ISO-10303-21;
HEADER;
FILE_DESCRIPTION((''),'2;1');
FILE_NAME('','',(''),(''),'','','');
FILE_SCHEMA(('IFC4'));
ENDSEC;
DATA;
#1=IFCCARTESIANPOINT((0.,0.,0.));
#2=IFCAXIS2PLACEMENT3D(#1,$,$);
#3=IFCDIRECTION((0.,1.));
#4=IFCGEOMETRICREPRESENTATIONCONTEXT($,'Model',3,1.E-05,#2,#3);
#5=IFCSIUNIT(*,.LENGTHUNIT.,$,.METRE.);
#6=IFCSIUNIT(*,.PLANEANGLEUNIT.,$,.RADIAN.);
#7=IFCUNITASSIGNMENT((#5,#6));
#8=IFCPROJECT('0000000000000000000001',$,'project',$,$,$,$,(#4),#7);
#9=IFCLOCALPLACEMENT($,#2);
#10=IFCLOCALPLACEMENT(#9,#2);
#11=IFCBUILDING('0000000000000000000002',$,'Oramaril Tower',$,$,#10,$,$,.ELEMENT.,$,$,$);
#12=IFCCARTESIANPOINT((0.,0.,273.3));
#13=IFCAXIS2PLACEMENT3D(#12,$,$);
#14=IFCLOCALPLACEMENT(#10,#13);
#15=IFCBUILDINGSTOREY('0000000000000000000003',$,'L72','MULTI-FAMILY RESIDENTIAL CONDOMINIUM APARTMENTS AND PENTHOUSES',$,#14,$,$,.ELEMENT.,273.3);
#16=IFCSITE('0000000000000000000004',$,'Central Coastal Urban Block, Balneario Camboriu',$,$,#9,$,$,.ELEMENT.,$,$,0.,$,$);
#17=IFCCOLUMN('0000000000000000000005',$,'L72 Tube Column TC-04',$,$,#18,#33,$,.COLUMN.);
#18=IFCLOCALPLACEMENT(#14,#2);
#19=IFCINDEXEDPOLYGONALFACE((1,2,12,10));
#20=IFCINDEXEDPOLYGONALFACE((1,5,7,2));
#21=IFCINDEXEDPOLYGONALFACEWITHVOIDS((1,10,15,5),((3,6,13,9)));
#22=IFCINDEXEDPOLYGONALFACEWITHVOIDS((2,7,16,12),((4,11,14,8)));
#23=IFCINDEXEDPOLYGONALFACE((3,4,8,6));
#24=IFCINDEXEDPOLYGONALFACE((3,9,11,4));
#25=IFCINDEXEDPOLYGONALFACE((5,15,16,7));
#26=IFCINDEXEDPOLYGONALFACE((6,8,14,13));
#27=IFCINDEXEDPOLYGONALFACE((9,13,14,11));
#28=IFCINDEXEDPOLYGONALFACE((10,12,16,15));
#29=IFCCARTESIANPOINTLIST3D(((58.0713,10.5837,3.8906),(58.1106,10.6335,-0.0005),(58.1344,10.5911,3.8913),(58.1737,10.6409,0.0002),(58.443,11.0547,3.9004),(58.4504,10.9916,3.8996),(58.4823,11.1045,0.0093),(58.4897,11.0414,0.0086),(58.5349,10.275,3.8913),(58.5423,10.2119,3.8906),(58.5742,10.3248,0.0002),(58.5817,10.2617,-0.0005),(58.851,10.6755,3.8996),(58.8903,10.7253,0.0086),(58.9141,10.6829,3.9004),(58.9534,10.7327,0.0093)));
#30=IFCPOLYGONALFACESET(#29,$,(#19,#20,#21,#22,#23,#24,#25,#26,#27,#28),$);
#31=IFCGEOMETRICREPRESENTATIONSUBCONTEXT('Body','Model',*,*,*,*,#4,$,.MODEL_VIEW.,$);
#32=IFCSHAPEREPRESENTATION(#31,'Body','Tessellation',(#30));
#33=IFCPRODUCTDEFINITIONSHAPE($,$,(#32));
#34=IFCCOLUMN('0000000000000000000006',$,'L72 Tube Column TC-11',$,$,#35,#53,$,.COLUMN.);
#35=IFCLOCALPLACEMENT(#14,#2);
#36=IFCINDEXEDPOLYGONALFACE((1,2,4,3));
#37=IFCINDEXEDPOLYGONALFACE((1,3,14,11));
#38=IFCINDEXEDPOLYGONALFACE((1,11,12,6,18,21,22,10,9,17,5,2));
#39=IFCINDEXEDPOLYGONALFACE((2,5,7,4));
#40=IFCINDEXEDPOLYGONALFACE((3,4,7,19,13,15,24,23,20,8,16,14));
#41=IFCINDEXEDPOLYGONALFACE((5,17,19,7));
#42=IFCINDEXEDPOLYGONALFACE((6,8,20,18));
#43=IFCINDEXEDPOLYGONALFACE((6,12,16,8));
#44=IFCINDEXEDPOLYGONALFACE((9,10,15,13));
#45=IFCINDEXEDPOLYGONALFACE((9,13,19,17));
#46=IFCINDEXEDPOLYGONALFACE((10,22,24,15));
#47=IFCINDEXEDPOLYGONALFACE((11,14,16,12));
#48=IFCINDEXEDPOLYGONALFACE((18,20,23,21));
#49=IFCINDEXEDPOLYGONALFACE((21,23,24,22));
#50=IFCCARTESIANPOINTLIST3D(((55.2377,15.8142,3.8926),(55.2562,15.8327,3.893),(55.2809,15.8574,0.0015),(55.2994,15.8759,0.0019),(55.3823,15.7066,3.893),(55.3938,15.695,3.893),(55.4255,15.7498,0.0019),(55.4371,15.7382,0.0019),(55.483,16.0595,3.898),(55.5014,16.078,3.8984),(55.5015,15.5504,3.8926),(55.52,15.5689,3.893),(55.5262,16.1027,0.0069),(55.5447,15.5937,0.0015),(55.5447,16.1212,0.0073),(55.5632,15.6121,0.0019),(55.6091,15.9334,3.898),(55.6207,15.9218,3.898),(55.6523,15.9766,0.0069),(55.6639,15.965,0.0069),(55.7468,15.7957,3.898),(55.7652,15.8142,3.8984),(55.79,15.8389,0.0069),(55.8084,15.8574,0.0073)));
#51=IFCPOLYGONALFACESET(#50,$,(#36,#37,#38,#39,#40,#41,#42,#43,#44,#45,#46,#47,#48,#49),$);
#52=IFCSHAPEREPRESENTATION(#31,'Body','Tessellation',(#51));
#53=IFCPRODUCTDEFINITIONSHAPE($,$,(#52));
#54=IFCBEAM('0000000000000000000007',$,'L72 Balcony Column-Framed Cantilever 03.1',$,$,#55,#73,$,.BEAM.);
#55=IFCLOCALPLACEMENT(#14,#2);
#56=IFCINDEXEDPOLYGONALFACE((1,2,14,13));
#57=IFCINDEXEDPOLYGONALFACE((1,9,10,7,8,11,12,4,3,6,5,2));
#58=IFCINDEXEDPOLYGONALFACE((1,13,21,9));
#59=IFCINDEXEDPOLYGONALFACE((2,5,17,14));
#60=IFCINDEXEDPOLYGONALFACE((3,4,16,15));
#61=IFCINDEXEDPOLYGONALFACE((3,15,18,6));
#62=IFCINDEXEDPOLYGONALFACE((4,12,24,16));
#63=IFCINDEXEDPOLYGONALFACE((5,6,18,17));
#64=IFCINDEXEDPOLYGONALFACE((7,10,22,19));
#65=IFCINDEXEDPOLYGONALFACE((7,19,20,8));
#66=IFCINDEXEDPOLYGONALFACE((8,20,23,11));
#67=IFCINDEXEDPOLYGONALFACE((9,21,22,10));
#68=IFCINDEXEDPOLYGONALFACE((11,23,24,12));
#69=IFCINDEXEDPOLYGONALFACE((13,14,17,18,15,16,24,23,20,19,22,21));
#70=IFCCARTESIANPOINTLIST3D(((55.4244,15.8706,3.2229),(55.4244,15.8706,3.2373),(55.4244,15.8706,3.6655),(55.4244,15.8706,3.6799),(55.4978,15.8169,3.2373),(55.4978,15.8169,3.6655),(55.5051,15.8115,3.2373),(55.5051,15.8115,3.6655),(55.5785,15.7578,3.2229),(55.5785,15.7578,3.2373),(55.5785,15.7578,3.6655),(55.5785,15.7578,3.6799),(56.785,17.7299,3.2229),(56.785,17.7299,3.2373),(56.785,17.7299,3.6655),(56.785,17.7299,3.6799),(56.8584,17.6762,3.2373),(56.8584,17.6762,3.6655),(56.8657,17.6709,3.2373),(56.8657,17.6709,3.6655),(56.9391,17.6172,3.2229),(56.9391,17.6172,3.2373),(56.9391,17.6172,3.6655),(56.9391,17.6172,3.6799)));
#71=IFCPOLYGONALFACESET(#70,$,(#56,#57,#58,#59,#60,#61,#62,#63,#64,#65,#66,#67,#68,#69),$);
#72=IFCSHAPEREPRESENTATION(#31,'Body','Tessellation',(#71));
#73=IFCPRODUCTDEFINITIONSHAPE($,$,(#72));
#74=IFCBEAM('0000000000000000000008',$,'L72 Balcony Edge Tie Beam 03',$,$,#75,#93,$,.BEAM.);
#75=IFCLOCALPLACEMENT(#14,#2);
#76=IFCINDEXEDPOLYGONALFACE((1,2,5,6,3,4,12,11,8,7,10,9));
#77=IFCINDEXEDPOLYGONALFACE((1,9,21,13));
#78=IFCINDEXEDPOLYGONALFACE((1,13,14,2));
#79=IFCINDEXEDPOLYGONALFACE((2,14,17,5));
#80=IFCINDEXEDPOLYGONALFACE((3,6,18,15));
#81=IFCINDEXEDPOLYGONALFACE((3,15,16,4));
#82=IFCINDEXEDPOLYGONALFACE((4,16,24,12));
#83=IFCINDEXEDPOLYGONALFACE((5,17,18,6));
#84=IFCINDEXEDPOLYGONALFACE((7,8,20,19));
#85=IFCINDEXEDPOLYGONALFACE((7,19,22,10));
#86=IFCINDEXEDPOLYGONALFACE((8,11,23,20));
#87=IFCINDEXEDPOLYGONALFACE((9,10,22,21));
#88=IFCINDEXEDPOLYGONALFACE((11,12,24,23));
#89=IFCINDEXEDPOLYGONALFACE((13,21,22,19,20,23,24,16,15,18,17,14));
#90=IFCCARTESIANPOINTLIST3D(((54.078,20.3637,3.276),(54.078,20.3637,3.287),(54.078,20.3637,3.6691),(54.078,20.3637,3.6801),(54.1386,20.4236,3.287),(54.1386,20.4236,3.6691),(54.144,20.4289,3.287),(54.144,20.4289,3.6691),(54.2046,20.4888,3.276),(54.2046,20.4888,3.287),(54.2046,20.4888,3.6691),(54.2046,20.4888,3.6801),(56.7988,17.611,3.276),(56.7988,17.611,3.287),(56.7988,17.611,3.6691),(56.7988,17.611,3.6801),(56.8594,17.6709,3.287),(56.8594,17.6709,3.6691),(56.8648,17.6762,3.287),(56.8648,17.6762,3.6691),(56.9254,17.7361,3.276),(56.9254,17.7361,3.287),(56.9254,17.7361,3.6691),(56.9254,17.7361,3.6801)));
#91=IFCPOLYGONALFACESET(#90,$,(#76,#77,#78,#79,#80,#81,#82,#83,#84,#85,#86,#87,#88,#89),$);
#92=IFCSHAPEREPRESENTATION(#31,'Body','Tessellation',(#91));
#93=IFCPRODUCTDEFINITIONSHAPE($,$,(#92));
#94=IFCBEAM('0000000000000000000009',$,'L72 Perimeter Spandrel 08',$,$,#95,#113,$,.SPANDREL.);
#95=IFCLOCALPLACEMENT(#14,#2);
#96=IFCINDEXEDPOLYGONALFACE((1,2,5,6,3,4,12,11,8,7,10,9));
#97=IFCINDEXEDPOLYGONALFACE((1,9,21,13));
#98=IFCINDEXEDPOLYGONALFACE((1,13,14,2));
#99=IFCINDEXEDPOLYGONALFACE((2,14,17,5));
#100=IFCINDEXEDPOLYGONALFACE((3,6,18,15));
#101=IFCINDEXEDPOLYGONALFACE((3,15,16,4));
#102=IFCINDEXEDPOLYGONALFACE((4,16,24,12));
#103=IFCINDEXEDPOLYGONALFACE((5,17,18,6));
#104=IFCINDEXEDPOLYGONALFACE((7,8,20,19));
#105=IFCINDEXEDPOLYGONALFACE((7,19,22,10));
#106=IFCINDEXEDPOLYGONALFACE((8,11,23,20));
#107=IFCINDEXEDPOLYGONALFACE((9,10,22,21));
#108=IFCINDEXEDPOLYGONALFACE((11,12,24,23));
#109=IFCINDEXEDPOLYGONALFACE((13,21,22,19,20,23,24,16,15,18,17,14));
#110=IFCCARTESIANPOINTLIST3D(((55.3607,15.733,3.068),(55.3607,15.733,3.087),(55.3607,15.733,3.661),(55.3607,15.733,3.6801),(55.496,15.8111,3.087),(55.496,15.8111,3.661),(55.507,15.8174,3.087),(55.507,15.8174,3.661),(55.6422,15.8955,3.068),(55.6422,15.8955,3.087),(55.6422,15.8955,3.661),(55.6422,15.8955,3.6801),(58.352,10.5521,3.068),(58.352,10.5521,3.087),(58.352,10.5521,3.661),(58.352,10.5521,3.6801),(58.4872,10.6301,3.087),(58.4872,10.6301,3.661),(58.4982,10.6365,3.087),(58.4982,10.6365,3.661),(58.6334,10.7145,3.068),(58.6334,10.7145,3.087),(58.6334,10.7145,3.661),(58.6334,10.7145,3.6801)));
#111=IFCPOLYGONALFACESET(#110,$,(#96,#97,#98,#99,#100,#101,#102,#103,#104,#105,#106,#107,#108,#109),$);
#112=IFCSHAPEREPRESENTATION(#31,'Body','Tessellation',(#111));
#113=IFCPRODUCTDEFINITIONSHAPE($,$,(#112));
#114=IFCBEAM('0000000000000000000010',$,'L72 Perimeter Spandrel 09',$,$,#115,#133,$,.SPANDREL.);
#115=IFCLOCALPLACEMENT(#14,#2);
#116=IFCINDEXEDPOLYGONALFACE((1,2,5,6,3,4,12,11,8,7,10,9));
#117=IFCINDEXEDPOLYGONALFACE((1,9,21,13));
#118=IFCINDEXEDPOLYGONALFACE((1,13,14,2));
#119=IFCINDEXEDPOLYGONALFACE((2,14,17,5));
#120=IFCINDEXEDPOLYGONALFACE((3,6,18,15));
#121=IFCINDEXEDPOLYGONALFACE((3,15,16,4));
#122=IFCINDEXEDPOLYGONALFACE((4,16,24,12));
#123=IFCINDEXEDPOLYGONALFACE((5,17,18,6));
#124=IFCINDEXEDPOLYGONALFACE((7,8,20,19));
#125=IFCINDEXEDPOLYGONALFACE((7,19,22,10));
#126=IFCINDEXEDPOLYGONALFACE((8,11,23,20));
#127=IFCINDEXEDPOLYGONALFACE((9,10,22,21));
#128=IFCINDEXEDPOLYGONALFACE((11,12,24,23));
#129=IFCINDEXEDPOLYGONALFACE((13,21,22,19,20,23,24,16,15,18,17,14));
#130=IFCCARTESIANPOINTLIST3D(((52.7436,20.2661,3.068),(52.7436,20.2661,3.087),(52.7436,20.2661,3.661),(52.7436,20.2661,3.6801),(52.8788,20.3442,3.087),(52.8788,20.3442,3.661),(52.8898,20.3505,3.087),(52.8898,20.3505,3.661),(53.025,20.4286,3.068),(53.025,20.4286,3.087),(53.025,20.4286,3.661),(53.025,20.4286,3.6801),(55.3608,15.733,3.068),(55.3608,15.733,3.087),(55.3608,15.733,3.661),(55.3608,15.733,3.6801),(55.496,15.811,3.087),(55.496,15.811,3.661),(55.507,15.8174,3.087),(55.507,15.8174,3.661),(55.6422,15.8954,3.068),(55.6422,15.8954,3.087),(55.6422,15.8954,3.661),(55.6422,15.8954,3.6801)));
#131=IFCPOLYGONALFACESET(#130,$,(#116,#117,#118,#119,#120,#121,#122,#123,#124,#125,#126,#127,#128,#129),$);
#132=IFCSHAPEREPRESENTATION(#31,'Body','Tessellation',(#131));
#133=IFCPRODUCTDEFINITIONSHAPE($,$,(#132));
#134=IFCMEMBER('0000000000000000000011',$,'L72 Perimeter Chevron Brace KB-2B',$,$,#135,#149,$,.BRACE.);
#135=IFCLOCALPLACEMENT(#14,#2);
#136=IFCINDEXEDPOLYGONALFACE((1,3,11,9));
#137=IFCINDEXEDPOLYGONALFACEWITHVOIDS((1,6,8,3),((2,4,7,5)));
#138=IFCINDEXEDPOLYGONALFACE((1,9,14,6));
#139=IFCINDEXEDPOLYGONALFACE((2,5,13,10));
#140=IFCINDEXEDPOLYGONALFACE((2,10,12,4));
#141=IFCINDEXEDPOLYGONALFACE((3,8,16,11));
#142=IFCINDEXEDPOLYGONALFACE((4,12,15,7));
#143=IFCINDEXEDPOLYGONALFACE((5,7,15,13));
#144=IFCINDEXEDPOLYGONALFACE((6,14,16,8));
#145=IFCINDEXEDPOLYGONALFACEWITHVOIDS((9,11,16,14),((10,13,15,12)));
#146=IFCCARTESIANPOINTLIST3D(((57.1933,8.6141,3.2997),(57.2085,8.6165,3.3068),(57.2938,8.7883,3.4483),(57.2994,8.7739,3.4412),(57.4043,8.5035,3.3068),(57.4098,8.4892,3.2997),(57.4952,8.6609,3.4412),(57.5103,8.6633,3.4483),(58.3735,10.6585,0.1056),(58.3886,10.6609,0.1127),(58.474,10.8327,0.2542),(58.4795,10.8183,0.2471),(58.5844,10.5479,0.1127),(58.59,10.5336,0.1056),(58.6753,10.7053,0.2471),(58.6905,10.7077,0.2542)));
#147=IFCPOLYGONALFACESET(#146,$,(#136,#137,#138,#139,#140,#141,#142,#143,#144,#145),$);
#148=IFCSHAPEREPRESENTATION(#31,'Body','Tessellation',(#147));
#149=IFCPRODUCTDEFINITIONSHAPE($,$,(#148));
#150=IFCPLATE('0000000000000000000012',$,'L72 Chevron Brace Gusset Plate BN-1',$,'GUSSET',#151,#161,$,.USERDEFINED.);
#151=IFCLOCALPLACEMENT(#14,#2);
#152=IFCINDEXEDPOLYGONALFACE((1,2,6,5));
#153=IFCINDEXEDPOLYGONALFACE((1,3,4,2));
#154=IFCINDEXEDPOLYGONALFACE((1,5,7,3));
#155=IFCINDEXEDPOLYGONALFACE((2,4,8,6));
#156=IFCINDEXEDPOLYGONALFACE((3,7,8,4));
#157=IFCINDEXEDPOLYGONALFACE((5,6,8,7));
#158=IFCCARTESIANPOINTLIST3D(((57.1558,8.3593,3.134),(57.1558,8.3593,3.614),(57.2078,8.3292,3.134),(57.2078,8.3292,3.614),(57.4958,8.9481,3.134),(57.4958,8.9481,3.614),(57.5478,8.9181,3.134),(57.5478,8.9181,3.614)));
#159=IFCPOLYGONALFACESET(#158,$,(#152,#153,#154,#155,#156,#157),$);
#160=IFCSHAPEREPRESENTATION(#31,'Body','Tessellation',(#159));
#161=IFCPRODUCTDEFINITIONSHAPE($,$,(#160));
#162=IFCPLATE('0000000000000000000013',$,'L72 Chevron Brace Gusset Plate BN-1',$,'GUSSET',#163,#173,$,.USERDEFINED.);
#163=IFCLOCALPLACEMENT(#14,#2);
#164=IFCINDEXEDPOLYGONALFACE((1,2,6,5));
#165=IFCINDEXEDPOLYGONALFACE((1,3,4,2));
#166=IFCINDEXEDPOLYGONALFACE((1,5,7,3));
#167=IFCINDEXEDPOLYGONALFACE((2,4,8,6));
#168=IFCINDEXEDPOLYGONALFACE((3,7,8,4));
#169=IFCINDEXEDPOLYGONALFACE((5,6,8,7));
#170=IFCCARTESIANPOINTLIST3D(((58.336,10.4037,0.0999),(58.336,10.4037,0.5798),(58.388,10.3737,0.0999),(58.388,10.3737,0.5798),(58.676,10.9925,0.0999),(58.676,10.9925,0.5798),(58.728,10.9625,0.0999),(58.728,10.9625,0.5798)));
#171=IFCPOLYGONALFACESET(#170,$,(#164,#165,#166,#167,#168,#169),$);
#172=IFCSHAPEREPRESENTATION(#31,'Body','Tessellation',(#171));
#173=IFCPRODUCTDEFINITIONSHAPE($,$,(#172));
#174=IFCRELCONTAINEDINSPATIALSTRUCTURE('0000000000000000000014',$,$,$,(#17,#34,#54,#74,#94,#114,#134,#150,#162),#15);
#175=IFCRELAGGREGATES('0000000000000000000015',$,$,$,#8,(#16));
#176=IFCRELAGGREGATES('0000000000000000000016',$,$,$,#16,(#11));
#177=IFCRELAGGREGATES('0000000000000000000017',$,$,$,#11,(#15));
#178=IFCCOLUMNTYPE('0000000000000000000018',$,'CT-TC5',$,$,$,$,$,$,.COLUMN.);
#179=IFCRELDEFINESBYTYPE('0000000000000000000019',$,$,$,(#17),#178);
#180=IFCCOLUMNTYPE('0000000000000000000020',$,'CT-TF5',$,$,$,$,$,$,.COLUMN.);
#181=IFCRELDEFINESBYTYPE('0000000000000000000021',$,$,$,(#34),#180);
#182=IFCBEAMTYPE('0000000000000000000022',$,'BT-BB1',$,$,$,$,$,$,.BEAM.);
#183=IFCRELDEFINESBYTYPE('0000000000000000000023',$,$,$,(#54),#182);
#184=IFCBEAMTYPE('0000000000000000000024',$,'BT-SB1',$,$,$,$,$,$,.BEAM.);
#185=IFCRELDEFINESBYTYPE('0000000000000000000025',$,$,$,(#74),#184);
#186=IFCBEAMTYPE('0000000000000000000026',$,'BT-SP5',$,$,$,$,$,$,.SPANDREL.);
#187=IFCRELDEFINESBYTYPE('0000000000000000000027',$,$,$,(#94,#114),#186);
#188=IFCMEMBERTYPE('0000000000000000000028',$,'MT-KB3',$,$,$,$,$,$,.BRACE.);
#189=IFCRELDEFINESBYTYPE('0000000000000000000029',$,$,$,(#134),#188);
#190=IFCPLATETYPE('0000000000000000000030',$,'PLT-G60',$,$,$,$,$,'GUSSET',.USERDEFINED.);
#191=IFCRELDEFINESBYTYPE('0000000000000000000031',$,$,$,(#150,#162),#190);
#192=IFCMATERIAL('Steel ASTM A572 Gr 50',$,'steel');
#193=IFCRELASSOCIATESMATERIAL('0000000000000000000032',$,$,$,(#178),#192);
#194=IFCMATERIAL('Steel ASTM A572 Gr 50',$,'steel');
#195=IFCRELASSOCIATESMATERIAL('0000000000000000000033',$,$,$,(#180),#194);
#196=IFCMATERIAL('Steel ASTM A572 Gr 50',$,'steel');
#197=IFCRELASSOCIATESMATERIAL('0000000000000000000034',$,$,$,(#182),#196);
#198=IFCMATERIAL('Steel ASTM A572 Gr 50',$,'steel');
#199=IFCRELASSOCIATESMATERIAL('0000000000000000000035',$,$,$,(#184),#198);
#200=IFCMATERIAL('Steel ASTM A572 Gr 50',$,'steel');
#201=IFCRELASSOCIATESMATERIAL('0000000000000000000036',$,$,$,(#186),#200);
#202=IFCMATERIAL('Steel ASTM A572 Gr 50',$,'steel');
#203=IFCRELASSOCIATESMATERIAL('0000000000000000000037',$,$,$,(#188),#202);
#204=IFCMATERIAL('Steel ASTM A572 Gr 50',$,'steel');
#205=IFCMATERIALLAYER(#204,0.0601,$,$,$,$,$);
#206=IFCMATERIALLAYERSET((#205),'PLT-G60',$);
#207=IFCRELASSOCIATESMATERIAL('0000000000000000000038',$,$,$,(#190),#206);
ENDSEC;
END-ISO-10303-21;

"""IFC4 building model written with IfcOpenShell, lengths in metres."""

from ifc_helpers import new_model, si_unit, direction, frame, origin, origin_2d, place, context, subcontext, project, spatial, rectangle, hollow_rectangle, i_section, extrude, material, layer, layer_set, material_profile, profile_set, type_object, element, save


model = new_model("IFC4")

# Units and contexts
model_context = context("Model", 3, precision=1e-05, world=origin(), true_north=direction((0.0, 1.0)))
body_context = subcontext(model_context, "Body", "Model", "MODEL_VIEW")
ifc_project = project(units=[si_unit("LENGTHUNIT", "METRE"), si_unit("PLANEANGLEUNIT", "RADIAN")], contexts=[model_context])

# Site, building, storey
site_placement = place(None, origin())
site = spatial("IfcSite", under=ifc_project, at=site_placement, Name="Central Coastal Urban Block, Balneario Camboriu", CompositionType="ELEMENT", RefElevation=0.0)
building_placement = place(site_placement, origin())
building = spatial("IfcBuilding", under=site, at=building_placement, Name="Oramaril Tower", CompositionType="ELEMENT")
storey_placement = place(building_placement, frame((0.0, 0.0, 273.3)))
storey = spatial("IfcBuildingStorey", under=building, at=storey_placement, Name="L72", Description="MULTI-FAMILY RESIDENTIAL CONDOMINIUM APARTMENTS AND PENTHOUSES", CompositionType="ELEMENT", Elevation=273.3)

# Columns
ifc_material_1 = material(Name="Steel ASTM A572 Gr 50", Category="steel")
ifc_material_profile_1 = material_profile(ifc_material_1, hollow_rectangle(XDim=0.6001, YDim=0.6001, WallThickness=0.0449, at=origin_2d()), Name="BOX600X600X45")
ifc_profile_set_1 = profile_set([ifc_material_profile_1], Name="Steel ASTM A572 Gr 50")
column_type_1 = type_object("IfcColumnType", Name="CT-TC5", PredefinedType="COLUMN", material=ifc_profile_set_1)
column_1_placement = place(storey_placement, frame((58.532, 10.6831, 0.0044), z_axis=(-0.0101, -0.012798, 0.999867), x_axis=(0.784981, -0.61952, 0.0)))
element("IfcColumn", 1, at=column_1_placement, inside=storey, type_object=column_type_1, Name="L72 Tube Column TC-04", PredefinedType="COLUMN", context=body_context, shape_type="SweptSolid", body=[
    extrude(hollow_rectangle(XDim=0.6001, YDim=0.6001, WallThickness=0.0449, at=origin_2d()), origin(), (0.0, 0.0, 1.0), 3.8916),
])
ifc_material_2 = material(Name="Steel ASTM A572 Gr 50", Category="steel")
ifc_material_profile_2 = material_profile(ifc_material_2, i_section(OverallWidth=0.373, OverallDepth=0.373, WebThickness=0.0164, FlangeThickness=0.0261, at=origin_2d()), Name="W14X132")
ifc_profile_set_2 = profile_set([ifc_material_profile_2], Name="Steel ASTM A572 Gr 50")
column_type_2 = type_object("IfcColumnType", Name="CT-TF5", PredefinedType="COLUMN", material=ifc_profile_set_2)
column_2_placement = place(storey_placement, frame((55.5447, 15.8574, 0.0044), z_axis=(-0.011104, -0.011104, 0.999877), x_axis=(0.707107, -0.707107, 0.0)))
element("IfcColumn", 2, at=column_2_placement, inside=storey, type_object=column_type_2, Name="L72 Tube Column TC-11", PredefinedType="COLUMN", context=body_context, shape_type="SweptSolid", body=[
    extrude(i_section(OverallWidth=0.373, OverallDepth=0.373, WebThickness=0.0164, FlangeThickness=0.0261, at=origin_2d()), origin(), (0.0, 0.0, 1.0), 3.8916),
])

# Beams
ifc_material_3 = material(Name="Steel ASTM A572 Gr 50", Category="steel")
ifc_material_profile_3 = material_profile(ifc_material_3, i_section(OverallWidth=0.1909, OverallDepth=0.457, WebThickness=0.009, FlangeThickness=0.0144, at=origin_2d()), Name="W18X50")
ifc_profile_set_3 = profile_set([ifc_material_profile_3], Name="Steel ASTM A572 Gr 50")
beam_type_1 = type_object("IfcBeamType", Name="BT-BB1", PredefinedType="BEAM", material=ifc_profile_set_3)
beam_1_placement = place(storey_placement, frame((55.5015, 15.8142, 3.4514), z_axis=(0.590532, 0.807014, 0.0), x_axis=(-0.807014, 0.590532, 0.0)))
element("IfcBeam", 3, at=beam_1_placement, inside=storey, type_object=beam_type_1, Name="L72 Balcony Column-Framed Cantilever 03.1", PredefinedType="BEAM", context=body_context, shape_type="SweptSolid", body=[
    extrude(i_section(OverallWidth=0.1909, OverallDepth=0.457, WebThickness=0.009, FlangeThickness=0.0144, at=origin_2d()), origin(), (0.0, 0.0, 1.0), 2.304),
])
ifc_material_4 = material(Name="Steel ASTM A572 Gr 50", Category="steel")
ifc_material_profile_4 = material_profile(ifc_material_4, i_section(OverallWidth=0.178, OverallDepth=0.4041, WebThickness=0.0076, FlangeThickness=0.011, at=origin_2d()), Name="W16X36")
ifc_profile_set_4 = profile_set([ifc_material_profile_4], Name="Steel ASTM A572 Gr 50")
beam_type_2 = type_object("IfcBeamType", Name="BT-SB1", PredefinedType="BEAM", material=ifc_profile_set_4)
beam_2_placement = place(storey_placement, frame((56.8621, 17.6736, 3.478), z_axis=(-0.702963, 0.711226, 0.0), x_axis=(-0.711226, -0.702963, 0.0)))
element("IfcBeam", 4, at=beam_2_placement, inside=storey, type_object=beam_type_2, Name="L72 Balcony Edge Tie Beam 03", PredefinedType="BEAM", context=body_context, shape_type="SweptSolid", body=[
    extrude(i_section(OverallWidth=0.178, OverallDepth=0.4041, WebThickness=0.0076, FlangeThickness=0.011, at=origin_2d()), origin(), (0.0, 0.0, 1.0), 3.8704),
])
ifc_material_5 = material(Name="Steel ASTM A572 Gr 50", Category="steel")
ifc_material_profile_5 = material_profile(ifc_material_5, i_section(OverallWidth=0.325, OverallDepth=0.6121, WebThickness=0.0127, FlangeThickness=0.019, at=origin_2d()), Name="W24X104")
ifc_profile_set_5 = profile_set([ifc_material_profile_5], Name="Steel ASTM A572 Gr 50")
beam_type_3 = type_object("IfcBeamType", Name="BT-SP5", PredefinedType="SPANDREL", material=ifc_profile_set_5)
beam_3_placement = place(storey_placement, frame((58.4927, 10.6333, 3.374), z_axis=(-0.500002, 0.866025, 0.0), x_axis=(-0.866025, -0.500002, 0.0)))
element("IfcBeam", 5, at=beam_3_placement, inside=storey, type_object=beam_type_3, Name="L72 Perimeter Spandrel 08", PredefinedType="SPANDREL", context=body_context, shape_type="SweptSolid", body=[
    extrude(i_section(OverallWidth=0.325, OverallDepth=0.6121, WebThickness=0.0127, FlangeThickness=0.019, at=origin_2d()), origin(), (0.0, 0.0, 1.0), 5.9824),
])
beam_4_placement = place(storey_placement, frame((55.5015, 15.8142, 3.374), z_axis=(-0.499992, 0.86603, 0.0), x_axis=(-0.86603, -0.499992, 0.0)))
element("IfcBeam", 6, at=beam_4_placement, inside=storey, type_object=beam_type_3, Name="L72 Perimeter Spandrel 09", PredefinedType="SPANDREL", context=body_context, shape_type="SweptSolid", body=[
    extrude(i_section(OverallWidth=0.325, OverallDepth=0.6121, WebThickness=0.0127, FlangeThickness=0.019, at=origin_2d()), origin(), (0.0, 0.0, 1.0), 5.2344),
])

# Member
ifc_material_6 = material(Name="Steel ASTM A572 Gr 50", Category="steel")
ifc_material_profile_6 = material_profile(ifc_material_6, hollow_rectangle(XDim=0.25, YDim=0.25, WallThickness=0.012, at=origin_2d()), Name="HSS250X250X12")
ifc_profile_set_6 = profile_set([ifc_material_profile_6], Name="Steel ASTM A572 Gr 50")
member_type = type_object("IfcMemberType", Name="MT-KB3", PredefinedType="BRACE", material=ifc_profile_set_6)
member_placement = place(storey_placement, frame((58.532, 10.6831, 0.1799), z_axis=(-0.297143, -0.514745, 0.804204), x_axis=(0.866058, -0.499943, 0.0)))
element("IfcMember", 7, at=member_placement, inside=storey, type_object=member_type, Name="L72 Perimeter Chevron Brace KB-2B", PredefinedType="BRACE", context=body_context, shape_type="SweptSolid", body=[
    extrude(hollow_rectangle(XDim=0.25, YDim=0.25, WallThickness=0.012, at=origin_2d()), origin(), (0.0, 0.0, 1.0), 3.9717),
])

# Plates
ifc_material_7 = material(Name="Steel ASTM A572 Gr 50", Category="steel")
ifc_layer_1 = layer(ifc_material_7, 0.0601)
ifc_layer_set_1 = layer_set([ifc_layer_1], Name="PLT-G60")
plate_type = type_object("IfcPlateType", Name="PLT-G60", ElementType="GUSSET", PredefinedType="USERDEFINED", material=ifc_layer_set_1)
for number, where, z_axis, x_axis, name in (
    (8, (57.3518, 8.6387, 3.134), (0.0, 0.0, 1.0), (0.499995, 0.866028, 0.0), "L72 Chevron Brace Gusset Plate BN-1"),
    (9, (58.532, 10.6831, 0.0999), (0.0, 0.0, 1.0), (0.499995, 0.866028, 0.0), "L72 Chevron Brace Gusset Plate BN-1"),
):
    element("IfcPlate", number, at=place(storey_placement, frame(where, z_axis=z_axis, x_axis=x_axis)), inside=storey, type_object=plate_type, Name=name, ObjectType="GUSSET", PredefinedType="USERDEFINED", context=body_context, shape_type="SweptSolid", body=[
        extrude(rectangle(XDim=0.6799, YDim=0.0601, at=origin_2d()), origin(), (0.0, 0.0, 1.0), 0.48),
    ])

save(model, "model.ifc")
